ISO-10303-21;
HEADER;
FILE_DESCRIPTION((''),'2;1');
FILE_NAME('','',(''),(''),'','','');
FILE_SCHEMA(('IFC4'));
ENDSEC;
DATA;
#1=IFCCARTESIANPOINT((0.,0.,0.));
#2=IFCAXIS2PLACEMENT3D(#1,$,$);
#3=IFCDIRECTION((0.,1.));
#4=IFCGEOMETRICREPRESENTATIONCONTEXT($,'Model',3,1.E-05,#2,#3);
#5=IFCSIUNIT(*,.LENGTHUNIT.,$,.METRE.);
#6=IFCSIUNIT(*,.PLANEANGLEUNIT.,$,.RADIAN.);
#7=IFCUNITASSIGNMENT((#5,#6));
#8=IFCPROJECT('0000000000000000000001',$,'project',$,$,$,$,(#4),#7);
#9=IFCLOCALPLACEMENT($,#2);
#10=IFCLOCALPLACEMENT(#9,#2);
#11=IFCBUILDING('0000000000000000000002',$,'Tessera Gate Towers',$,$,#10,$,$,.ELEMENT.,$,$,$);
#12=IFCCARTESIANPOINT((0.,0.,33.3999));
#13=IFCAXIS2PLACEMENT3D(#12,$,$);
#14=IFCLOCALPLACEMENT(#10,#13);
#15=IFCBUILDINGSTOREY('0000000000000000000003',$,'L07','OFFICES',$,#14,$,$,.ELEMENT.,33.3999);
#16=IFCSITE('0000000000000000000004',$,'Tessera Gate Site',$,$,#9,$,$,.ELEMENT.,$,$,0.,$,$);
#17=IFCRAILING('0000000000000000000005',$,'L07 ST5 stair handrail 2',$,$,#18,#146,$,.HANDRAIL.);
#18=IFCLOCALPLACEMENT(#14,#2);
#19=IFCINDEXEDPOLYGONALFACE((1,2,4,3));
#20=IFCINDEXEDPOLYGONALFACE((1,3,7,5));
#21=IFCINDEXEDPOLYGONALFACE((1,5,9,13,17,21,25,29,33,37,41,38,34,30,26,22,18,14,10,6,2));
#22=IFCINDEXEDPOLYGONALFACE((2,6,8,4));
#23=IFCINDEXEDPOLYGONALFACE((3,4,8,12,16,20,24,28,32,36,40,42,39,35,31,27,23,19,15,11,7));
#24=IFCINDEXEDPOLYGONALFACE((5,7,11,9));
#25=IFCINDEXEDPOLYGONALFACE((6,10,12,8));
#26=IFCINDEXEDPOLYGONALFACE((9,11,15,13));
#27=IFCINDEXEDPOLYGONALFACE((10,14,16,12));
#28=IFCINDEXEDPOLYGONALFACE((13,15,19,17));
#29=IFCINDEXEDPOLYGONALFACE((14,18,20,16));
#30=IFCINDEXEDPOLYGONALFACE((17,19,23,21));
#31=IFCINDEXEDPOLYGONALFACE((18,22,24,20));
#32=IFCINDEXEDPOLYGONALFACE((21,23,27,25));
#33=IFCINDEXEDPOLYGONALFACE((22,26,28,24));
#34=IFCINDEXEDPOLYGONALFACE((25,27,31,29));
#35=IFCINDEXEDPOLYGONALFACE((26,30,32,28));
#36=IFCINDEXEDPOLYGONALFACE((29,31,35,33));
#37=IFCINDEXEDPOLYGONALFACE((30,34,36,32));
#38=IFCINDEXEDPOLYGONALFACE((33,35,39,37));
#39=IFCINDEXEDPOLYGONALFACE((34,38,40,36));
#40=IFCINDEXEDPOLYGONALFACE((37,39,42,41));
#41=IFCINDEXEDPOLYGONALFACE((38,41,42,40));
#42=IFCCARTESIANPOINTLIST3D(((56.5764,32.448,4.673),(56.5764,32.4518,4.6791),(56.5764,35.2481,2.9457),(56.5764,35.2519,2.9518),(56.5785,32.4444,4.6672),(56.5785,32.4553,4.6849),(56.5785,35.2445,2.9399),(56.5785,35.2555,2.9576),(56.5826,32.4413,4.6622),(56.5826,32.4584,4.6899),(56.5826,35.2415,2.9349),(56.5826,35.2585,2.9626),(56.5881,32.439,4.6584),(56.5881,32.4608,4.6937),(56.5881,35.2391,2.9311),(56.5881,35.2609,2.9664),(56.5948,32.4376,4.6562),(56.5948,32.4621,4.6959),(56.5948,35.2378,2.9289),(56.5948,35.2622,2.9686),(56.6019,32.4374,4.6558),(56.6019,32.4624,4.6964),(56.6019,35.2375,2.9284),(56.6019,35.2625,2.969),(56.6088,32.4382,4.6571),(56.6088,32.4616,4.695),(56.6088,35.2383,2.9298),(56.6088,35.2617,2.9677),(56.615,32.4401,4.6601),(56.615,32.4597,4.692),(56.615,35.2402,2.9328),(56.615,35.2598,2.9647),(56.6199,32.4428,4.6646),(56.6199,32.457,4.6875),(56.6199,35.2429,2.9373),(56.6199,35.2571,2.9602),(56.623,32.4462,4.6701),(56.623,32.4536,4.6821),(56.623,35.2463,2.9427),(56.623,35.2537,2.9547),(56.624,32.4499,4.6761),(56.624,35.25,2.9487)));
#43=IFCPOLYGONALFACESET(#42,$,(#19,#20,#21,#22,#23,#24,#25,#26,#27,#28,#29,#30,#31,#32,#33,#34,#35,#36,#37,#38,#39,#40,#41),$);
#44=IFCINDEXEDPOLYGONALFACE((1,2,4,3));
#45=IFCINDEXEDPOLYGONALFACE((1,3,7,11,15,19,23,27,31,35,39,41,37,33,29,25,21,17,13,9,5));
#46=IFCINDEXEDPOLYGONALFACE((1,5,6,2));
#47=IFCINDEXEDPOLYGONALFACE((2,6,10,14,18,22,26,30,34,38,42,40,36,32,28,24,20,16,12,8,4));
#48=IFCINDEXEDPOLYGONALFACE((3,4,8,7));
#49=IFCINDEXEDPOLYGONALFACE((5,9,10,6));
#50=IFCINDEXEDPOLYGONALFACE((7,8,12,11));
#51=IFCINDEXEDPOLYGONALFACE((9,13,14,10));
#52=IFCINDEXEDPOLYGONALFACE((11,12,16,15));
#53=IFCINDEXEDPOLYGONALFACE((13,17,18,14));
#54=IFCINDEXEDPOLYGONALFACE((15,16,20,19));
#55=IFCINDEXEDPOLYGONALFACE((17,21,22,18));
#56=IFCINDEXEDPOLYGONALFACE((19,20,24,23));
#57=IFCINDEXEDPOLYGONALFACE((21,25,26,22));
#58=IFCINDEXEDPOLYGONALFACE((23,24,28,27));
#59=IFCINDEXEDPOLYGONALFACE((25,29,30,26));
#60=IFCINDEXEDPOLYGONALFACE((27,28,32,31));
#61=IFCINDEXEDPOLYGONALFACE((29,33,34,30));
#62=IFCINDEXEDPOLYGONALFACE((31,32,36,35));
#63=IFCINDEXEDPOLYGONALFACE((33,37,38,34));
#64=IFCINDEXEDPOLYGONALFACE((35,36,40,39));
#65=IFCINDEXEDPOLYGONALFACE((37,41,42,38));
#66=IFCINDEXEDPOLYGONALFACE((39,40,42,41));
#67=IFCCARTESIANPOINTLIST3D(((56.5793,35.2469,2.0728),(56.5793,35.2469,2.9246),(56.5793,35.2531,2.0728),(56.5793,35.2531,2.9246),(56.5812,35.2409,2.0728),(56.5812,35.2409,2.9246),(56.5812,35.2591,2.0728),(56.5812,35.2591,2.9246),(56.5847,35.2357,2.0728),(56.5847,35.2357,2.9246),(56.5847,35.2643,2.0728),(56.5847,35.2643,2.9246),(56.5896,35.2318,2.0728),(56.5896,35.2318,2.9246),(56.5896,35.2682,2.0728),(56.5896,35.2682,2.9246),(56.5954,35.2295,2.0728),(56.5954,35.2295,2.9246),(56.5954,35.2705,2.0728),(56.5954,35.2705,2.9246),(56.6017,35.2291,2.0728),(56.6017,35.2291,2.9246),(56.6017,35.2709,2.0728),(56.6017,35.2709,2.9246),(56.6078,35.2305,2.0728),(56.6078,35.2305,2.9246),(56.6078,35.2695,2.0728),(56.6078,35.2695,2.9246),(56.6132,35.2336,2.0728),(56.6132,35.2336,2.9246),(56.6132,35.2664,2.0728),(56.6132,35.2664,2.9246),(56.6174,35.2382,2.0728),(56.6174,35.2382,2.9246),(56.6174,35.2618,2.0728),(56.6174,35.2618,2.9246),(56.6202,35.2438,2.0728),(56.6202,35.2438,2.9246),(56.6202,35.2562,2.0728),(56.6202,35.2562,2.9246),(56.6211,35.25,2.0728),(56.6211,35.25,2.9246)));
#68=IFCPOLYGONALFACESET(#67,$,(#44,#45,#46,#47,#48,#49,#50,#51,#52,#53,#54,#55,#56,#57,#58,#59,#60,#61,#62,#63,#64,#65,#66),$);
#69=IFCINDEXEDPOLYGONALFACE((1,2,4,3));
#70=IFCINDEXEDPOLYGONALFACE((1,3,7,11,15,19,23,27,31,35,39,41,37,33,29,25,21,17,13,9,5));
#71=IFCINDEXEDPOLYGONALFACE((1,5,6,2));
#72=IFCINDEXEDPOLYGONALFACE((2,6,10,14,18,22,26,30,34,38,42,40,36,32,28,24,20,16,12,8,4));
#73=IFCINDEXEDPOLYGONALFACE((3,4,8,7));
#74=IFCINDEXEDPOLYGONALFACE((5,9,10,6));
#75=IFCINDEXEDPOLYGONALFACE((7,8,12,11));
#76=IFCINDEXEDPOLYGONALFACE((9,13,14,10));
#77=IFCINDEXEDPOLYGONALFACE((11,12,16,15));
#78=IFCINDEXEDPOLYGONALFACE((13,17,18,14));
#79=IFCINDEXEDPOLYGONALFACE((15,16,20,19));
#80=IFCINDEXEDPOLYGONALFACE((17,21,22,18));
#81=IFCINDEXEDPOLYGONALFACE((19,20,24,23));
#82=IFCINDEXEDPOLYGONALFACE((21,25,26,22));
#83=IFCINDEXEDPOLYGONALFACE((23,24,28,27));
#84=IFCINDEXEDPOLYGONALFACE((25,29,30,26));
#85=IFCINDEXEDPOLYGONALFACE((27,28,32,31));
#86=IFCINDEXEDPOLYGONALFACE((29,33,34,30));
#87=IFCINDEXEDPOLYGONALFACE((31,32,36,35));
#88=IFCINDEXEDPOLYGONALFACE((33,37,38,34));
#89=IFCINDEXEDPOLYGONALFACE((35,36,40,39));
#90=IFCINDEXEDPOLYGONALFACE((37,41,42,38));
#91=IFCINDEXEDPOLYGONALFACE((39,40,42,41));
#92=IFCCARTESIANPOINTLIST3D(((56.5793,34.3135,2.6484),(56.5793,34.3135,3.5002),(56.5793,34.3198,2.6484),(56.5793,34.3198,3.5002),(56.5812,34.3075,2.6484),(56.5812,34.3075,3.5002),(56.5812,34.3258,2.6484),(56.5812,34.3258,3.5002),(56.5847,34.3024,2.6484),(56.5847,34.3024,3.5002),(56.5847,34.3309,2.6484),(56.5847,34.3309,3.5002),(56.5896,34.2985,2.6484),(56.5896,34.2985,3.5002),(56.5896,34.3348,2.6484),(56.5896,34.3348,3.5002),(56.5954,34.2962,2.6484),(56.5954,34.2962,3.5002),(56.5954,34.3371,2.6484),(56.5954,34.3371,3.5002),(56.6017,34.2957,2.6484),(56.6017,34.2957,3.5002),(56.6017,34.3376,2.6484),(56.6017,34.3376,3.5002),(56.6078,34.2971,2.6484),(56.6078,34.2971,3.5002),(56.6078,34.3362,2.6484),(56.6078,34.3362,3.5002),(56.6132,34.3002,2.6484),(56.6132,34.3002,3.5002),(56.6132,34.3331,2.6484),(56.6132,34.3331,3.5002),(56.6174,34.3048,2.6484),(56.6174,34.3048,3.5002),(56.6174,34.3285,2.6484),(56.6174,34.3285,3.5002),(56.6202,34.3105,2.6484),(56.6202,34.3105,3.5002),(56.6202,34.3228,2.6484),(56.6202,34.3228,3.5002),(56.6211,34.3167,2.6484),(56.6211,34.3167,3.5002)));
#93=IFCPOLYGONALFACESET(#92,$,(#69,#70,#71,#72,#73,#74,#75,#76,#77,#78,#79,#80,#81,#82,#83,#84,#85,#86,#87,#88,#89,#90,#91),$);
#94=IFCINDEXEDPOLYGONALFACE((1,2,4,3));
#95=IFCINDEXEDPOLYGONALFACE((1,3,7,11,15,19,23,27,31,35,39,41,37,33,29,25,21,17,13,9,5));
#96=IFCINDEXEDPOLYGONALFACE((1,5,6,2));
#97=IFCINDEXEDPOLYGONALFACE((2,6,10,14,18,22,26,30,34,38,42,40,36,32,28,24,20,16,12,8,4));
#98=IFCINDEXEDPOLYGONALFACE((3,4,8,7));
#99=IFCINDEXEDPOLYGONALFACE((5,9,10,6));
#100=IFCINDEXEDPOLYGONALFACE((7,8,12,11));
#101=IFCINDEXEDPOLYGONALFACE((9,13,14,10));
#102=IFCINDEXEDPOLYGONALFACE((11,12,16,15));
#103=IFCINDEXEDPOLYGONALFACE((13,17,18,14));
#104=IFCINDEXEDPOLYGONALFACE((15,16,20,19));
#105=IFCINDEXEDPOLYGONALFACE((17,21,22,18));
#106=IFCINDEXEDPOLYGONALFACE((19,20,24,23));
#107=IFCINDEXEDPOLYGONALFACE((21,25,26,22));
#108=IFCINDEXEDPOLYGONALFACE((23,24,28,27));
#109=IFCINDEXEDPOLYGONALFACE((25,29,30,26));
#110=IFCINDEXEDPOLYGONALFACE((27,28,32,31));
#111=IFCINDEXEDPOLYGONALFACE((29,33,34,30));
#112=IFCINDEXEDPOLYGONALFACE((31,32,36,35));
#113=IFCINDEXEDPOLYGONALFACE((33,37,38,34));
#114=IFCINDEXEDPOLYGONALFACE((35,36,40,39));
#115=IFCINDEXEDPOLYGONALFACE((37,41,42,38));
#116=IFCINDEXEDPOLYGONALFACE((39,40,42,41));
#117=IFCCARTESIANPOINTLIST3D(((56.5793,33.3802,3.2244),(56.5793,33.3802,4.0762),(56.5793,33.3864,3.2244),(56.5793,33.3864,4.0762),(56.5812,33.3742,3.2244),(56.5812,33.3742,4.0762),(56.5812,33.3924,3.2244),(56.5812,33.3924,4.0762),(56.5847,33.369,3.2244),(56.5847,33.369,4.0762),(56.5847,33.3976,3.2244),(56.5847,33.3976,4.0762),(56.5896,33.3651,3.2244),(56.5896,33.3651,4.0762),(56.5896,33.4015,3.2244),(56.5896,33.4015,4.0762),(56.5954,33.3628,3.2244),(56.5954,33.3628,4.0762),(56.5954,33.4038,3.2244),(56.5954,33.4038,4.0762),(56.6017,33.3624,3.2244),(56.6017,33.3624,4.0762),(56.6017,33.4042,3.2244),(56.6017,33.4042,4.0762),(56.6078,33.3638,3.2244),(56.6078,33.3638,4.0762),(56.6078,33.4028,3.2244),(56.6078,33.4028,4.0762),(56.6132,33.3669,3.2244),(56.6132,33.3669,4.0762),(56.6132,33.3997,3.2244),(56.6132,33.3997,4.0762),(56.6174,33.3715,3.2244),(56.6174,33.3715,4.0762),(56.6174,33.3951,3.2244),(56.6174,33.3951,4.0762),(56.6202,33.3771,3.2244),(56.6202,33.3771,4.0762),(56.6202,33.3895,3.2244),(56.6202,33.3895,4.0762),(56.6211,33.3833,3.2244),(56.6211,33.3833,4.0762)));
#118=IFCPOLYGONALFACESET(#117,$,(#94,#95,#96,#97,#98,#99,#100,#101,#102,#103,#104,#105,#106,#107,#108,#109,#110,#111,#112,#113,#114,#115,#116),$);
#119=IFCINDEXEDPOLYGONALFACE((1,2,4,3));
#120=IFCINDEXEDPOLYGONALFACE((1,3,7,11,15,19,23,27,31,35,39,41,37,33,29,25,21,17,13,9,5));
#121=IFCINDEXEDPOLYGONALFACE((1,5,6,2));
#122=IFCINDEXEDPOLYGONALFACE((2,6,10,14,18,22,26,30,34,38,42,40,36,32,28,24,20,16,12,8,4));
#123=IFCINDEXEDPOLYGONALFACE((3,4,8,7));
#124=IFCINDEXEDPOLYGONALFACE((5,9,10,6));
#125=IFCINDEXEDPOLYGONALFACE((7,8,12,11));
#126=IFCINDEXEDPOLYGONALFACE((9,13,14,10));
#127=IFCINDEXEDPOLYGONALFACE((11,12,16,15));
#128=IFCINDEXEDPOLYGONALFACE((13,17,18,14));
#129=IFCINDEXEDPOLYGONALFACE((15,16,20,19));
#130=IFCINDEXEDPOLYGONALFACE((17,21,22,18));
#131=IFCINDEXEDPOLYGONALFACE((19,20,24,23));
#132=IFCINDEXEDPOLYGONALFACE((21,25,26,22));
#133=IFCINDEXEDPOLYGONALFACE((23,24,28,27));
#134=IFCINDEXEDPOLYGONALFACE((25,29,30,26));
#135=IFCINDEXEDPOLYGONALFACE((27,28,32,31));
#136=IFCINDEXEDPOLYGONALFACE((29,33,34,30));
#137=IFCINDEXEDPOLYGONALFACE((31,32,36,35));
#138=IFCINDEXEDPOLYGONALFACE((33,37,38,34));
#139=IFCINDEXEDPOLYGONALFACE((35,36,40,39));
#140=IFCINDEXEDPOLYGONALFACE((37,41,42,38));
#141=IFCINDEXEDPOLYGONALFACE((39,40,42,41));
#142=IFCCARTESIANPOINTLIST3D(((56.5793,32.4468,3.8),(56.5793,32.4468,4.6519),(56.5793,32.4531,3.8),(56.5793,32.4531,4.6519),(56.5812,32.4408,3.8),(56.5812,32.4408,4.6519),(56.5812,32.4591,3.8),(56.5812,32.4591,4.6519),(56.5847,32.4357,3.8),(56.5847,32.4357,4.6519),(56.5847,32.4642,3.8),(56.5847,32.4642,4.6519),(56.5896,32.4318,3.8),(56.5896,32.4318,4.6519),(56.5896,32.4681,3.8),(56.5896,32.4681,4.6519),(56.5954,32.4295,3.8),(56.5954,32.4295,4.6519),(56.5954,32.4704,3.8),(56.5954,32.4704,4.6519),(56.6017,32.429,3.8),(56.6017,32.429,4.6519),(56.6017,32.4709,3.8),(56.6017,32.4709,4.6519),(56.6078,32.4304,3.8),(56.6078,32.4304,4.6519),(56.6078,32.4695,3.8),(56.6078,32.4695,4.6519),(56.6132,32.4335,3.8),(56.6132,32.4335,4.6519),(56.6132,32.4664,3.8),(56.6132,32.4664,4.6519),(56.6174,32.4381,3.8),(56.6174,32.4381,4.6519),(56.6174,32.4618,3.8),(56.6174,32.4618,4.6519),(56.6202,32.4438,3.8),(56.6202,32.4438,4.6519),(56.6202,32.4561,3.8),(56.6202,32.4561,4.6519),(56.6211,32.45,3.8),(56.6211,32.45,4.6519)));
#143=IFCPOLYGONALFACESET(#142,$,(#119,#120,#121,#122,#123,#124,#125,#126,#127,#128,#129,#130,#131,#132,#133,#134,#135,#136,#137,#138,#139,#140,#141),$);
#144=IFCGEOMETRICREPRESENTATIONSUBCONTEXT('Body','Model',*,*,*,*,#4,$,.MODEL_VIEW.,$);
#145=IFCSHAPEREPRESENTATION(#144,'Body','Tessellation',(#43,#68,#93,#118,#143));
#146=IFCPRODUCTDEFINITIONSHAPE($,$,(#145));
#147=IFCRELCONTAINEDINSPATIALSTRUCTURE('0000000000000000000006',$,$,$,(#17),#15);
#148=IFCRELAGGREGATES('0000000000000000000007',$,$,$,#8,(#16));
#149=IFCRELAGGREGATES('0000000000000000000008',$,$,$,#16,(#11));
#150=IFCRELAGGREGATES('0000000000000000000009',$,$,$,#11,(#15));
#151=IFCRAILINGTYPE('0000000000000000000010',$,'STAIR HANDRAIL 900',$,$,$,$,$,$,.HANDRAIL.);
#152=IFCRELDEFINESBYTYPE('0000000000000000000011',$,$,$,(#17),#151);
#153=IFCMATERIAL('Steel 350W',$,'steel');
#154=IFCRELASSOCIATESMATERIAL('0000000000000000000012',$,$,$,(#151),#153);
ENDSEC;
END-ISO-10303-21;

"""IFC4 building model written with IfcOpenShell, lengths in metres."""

from ifc_helpers import new_model, si_unit, direction, frame, origin, origin_2d, place, context, subcontext, project, spatial, circle, extrude, material, type_object, element, save


model = new_model("IFC4")

# Units and contexts
model_context = context("Model", 3, precision=1e-05, world=origin(), true_north=direction((0.0, 1.0)))
body_context = subcontext(model_context, "Body", "Model", "MODEL_VIEW")
ifc_project = project(units=[si_unit("LENGTHUNIT", "METRE"), si_unit("PLANEANGLEUNIT", "RADIAN")], contexts=[model_context])

# Site, building, storey
site_placement = place(None, origin())
site = spatial("IfcSite", under=ifc_project, at=site_placement, Name="Tessera Gate Site", CompositionType="ELEMENT", RefElevation=0.0)
building_placement = place(site_placement, origin())
building = spatial("IfcBuilding", under=site, at=building_placement, Name="Tessera Gate Towers", CompositionType="ELEMENT")
storey_placement = place(building_placement, frame((0.0, 0.0, 33.3999)))
storey = spatial("IfcBuildingStorey", under=building, at=storey_placement, Name="L07", Description="OFFICES", CompositionType="ELEMENT", Elevation=33.3999)

# Railing
ifc_material_1 = material(Name="Steel 350W", Category="steel")
railing_type_1 = type_object("IfcRailingType", Name="STAIR HANDRAIL 900", PredefinedType="HANDRAIL", material=ifc_material_1)
railing_1_placement = place(storey_placement, frame((56.6001, 35.25, 2.0728)))
element("IfcRailing", 1, at=railing_1_placement, inside=storey, type_object=railing_type_1, Name="L07 ST5 stair handrail 2", PredefinedType="HANDRAIL", context=body_context, shape_type="SweptSolid", body=[
    extrude(circle(Radius=0.0239, at=origin_2d()), frame((0.0, 0.0, 0.876), z_axis=(0.0, -0.85109, 0.52502), x_axis=(1.0, 0.0, 0.0)), (0.0, 0.0, 1.0), 3.29),
    extrude(circle(Radius=0.021, at=origin_2d()), origin(), (0.0, 0.0, 1.0), 0.8518),
    extrude(circle(Radius=0.021, at=origin_2d()), frame((0.0, -0.9333, 0.5757)), (0.0, 0.0, 1.0), 0.8518),
    extrude(circle(Radius=0.021, at=origin_2d()), frame((0.0, -1.8667, 1.1516)), (0.0, 0.0, 1.0), 0.8518),
    extrude(circle(Radius=0.021, at=origin_2d()), frame((0.0, -2.8, 1.7273)), (0.0, 0.0, 1.0), 0.8518),
])

save(model, "model.ifc")
